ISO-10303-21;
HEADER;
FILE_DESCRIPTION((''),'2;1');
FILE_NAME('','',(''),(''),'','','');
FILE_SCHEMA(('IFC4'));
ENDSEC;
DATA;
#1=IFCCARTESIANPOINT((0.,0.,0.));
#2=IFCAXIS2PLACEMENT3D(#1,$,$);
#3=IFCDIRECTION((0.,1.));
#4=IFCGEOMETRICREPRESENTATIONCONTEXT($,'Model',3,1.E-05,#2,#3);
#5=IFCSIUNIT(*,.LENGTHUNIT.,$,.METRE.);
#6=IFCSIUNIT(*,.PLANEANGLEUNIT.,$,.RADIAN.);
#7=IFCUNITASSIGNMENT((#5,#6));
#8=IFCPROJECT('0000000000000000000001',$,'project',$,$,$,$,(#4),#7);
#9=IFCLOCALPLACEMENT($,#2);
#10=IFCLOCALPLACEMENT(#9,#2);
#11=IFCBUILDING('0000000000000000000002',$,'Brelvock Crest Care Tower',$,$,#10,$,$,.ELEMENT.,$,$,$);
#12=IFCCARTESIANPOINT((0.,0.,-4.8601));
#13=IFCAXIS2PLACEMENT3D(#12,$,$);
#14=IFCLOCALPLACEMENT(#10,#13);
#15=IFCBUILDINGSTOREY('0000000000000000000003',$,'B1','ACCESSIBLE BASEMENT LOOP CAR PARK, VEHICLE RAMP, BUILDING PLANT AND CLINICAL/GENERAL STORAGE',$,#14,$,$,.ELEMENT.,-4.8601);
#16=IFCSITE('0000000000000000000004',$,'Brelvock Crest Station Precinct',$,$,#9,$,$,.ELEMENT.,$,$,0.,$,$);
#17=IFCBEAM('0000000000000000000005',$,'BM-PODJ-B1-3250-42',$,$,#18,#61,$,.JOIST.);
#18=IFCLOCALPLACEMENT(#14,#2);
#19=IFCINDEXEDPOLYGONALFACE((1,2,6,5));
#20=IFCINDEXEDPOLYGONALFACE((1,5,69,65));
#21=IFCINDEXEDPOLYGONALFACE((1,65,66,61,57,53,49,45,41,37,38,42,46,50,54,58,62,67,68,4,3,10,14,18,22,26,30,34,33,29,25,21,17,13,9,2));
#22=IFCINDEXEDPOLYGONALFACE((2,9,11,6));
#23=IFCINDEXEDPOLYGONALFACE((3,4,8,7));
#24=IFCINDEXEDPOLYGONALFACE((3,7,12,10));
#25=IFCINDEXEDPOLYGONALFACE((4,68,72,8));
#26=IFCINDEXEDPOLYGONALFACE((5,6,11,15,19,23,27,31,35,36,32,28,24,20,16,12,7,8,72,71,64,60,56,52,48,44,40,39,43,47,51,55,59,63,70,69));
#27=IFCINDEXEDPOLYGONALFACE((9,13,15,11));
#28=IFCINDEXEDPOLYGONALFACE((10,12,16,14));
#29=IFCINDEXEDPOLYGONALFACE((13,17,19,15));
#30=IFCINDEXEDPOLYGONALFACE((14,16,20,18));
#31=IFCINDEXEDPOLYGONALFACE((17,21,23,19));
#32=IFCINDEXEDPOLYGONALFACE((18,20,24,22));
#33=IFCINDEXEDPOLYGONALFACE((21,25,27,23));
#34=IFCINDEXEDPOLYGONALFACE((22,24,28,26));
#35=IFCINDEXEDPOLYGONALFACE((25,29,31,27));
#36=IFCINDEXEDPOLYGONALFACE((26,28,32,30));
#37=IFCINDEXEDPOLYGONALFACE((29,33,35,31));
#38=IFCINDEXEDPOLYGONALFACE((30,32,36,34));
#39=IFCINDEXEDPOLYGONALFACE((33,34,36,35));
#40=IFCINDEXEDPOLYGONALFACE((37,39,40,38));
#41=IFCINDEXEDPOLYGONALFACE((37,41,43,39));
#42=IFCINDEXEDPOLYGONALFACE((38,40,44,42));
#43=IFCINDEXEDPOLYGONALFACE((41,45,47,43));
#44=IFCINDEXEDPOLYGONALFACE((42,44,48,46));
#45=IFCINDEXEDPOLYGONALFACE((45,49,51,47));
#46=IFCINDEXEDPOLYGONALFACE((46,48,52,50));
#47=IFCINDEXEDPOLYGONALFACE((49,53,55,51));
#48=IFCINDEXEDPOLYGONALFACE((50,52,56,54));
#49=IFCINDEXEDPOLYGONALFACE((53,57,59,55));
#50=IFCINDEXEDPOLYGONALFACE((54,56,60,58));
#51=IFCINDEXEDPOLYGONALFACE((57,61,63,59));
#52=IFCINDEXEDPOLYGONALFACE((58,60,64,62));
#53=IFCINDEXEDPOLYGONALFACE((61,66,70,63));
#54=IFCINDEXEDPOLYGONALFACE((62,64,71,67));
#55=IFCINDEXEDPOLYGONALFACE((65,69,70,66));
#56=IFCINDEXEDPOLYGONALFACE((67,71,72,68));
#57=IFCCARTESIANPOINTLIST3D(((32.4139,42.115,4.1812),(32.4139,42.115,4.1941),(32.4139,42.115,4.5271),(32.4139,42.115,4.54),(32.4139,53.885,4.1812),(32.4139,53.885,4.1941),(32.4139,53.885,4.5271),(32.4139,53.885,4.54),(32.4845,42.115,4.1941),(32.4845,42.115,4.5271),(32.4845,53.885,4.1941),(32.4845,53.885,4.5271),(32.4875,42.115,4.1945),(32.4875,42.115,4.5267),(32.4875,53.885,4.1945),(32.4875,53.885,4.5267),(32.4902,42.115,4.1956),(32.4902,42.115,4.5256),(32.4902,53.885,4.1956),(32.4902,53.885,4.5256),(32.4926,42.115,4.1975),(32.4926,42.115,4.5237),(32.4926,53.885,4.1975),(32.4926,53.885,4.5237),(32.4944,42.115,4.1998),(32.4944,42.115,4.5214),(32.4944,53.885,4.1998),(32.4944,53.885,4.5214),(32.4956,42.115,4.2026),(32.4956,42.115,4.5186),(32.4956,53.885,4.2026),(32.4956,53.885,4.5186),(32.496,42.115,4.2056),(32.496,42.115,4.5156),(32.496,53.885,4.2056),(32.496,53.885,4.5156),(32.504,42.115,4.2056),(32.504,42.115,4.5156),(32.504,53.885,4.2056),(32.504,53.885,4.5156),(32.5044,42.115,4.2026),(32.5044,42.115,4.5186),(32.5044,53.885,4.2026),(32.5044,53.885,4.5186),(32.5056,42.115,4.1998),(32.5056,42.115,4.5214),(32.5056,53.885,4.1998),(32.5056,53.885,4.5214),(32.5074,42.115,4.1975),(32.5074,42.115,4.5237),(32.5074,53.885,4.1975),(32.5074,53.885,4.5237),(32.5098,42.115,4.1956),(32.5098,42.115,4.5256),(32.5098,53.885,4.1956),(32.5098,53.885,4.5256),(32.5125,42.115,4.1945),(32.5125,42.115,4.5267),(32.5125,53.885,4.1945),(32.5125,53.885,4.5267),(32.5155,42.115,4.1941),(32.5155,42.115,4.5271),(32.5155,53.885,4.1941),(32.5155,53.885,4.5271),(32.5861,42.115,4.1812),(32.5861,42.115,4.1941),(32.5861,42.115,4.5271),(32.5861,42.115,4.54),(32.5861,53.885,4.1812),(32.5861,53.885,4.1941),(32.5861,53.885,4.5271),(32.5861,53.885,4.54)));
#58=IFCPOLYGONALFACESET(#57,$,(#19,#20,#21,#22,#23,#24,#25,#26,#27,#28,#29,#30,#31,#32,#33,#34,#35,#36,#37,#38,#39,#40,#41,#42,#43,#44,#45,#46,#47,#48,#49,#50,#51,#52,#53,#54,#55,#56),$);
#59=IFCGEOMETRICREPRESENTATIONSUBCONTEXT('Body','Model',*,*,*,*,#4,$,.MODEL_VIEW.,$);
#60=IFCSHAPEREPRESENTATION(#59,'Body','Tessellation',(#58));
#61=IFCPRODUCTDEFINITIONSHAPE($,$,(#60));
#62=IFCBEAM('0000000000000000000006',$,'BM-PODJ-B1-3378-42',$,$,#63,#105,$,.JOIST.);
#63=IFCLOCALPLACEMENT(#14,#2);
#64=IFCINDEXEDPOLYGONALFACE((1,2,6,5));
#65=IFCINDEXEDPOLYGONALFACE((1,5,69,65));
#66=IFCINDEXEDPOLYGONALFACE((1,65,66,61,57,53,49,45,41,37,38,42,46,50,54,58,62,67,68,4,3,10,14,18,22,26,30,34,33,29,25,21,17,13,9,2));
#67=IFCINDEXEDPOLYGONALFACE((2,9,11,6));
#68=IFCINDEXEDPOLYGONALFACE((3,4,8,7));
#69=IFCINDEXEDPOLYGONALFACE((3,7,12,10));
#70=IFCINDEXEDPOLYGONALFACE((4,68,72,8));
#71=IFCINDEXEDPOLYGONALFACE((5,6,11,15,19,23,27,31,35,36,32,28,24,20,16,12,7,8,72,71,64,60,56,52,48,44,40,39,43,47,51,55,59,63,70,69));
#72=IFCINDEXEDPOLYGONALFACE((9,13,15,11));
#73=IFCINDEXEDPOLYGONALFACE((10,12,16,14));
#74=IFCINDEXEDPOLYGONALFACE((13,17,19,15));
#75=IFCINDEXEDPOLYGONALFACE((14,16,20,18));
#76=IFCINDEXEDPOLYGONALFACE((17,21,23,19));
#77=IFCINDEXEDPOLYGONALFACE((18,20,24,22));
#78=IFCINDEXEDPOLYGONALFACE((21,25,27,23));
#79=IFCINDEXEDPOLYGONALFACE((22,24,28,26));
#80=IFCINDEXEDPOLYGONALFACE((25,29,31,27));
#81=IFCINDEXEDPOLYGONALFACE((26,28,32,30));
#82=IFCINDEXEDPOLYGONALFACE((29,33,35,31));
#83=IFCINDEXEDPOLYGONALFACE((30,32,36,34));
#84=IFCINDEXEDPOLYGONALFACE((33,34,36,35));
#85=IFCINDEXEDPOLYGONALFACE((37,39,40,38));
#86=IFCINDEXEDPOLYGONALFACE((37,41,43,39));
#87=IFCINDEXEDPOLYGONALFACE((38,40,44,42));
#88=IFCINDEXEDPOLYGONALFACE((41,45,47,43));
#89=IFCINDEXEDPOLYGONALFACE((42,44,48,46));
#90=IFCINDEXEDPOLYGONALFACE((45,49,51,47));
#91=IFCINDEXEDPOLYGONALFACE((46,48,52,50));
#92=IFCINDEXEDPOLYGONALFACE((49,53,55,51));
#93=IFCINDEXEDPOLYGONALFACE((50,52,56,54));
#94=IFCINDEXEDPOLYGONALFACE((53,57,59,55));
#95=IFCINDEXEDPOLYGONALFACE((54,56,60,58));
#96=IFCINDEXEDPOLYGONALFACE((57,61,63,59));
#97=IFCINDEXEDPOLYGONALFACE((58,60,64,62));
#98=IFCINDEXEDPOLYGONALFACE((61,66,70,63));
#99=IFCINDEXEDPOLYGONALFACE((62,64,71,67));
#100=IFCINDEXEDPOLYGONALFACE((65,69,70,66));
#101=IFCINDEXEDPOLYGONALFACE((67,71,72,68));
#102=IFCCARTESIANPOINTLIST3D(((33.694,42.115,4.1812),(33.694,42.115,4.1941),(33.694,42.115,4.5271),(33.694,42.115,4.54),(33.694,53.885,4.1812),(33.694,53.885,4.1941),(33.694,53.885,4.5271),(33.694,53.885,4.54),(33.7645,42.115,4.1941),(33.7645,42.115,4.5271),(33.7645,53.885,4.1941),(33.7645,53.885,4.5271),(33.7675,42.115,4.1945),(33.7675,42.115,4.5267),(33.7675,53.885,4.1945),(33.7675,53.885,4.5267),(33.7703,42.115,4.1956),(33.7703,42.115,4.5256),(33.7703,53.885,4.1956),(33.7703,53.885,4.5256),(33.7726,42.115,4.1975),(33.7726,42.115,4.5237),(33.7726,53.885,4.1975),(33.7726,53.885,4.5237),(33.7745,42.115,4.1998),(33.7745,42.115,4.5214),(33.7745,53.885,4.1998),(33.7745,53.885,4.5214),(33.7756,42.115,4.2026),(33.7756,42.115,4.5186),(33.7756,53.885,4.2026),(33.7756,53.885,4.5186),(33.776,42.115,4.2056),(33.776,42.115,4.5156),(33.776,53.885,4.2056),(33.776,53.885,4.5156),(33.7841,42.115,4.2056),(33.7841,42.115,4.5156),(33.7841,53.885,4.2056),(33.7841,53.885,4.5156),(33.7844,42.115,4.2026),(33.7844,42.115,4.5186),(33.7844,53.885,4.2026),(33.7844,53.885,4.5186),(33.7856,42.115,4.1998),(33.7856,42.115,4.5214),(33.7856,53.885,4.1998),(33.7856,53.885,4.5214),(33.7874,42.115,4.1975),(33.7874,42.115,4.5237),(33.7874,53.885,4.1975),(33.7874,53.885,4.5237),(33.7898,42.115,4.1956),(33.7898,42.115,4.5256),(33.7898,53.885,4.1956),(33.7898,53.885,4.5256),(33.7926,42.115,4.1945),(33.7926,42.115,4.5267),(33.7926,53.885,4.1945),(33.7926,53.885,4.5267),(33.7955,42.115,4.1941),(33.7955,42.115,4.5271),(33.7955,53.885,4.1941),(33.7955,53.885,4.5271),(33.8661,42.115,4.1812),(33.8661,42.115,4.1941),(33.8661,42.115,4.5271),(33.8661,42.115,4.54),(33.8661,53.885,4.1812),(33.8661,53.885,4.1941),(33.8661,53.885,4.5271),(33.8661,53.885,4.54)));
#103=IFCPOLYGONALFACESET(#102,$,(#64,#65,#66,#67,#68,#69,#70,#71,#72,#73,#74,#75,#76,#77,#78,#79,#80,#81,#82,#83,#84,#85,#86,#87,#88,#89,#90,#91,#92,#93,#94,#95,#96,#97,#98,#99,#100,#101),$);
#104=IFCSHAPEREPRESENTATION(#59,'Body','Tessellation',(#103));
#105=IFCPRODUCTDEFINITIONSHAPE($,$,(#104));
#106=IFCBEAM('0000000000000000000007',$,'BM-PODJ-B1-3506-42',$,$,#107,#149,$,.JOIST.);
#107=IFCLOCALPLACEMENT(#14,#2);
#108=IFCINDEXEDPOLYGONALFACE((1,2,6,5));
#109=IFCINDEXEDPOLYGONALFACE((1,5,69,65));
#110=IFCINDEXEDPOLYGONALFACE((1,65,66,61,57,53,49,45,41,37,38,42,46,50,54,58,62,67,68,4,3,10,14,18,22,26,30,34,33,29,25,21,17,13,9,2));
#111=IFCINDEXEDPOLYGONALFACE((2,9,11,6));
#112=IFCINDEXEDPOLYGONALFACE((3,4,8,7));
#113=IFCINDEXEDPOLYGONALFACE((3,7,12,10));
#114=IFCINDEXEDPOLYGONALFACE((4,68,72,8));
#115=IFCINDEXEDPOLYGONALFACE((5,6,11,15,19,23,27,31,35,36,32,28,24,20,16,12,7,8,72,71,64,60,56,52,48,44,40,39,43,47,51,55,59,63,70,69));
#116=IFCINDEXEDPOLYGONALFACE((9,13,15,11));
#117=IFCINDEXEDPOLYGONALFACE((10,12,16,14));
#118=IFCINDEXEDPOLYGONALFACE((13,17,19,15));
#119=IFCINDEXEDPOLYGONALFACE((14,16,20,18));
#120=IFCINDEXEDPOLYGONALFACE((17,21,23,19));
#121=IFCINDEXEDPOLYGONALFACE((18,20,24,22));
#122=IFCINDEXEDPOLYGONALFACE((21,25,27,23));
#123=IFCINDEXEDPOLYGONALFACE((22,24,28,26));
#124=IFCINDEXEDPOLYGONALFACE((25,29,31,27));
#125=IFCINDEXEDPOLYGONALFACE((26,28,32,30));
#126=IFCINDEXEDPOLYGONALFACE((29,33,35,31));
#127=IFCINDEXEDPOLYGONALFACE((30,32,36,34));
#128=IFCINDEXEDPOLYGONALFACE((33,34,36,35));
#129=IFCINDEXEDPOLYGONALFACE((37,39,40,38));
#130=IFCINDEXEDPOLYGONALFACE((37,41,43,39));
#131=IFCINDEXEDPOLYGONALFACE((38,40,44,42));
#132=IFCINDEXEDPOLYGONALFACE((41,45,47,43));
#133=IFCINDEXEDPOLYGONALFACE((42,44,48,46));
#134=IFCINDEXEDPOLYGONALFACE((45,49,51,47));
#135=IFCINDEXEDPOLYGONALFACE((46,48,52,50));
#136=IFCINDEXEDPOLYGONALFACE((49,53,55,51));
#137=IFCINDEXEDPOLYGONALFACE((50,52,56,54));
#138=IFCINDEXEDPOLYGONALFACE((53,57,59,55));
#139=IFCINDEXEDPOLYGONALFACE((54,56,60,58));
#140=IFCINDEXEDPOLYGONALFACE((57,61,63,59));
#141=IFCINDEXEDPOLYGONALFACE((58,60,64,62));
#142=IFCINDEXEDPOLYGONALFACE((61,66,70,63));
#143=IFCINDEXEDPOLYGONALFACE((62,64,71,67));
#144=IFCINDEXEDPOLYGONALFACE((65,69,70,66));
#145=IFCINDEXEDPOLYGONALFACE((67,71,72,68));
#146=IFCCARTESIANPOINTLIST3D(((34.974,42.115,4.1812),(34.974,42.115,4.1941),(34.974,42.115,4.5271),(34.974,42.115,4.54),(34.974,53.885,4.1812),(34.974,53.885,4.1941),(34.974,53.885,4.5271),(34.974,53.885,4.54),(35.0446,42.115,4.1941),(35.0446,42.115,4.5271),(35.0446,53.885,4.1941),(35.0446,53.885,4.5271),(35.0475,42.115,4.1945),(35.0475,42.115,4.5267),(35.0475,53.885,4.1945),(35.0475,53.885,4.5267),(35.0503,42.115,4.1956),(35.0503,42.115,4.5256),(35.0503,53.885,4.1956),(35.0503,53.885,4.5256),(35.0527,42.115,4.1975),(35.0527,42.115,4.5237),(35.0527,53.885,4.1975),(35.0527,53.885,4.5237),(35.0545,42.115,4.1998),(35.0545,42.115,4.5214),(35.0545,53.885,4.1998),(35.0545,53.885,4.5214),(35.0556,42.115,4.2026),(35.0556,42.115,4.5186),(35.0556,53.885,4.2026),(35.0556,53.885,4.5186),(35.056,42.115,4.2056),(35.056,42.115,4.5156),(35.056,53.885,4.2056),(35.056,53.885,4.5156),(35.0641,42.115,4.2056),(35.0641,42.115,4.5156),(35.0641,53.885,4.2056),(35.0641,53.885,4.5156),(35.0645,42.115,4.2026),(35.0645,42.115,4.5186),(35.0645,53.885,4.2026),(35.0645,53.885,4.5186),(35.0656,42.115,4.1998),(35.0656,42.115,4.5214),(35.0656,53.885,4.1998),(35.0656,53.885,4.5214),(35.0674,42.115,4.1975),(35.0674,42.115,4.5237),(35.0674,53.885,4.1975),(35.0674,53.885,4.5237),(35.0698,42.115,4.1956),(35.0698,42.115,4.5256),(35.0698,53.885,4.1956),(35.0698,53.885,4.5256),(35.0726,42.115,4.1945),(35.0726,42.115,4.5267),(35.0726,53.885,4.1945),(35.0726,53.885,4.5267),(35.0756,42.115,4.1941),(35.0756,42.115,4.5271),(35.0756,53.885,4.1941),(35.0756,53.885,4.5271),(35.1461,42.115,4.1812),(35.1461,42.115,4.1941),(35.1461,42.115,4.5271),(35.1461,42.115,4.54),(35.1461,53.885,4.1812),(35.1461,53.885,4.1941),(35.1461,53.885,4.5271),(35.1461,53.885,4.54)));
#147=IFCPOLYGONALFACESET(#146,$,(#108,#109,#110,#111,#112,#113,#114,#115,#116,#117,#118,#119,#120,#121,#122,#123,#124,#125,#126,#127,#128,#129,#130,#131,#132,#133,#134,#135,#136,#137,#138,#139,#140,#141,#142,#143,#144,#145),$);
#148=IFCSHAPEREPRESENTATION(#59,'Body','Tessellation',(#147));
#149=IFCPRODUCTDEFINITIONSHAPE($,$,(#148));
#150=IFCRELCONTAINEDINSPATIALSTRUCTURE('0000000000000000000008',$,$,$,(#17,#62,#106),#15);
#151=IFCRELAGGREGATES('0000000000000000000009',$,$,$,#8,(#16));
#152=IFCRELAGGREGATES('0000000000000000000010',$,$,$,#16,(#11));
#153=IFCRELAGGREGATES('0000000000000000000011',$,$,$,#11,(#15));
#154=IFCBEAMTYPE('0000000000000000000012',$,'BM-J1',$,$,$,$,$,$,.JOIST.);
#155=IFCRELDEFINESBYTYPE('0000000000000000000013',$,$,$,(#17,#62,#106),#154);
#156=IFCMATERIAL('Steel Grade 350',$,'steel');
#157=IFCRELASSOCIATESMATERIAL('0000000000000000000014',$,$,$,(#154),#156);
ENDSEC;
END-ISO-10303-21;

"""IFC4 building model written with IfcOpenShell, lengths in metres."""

from ifc_helpers import new_model, si_unit, direction, frame, origin, origin_2d, place, context, subcontext, project, spatial, i_section, extrude, source, transform, mapped, material, material_profile, profile_set, type_object, element, save


model = new_model("IFC4")

# Units and contexts
model_context = context("Model", 3, precision=1e-05, world=origin(), true_north=direction((0.0, 1.0)))
body_context = subcontext(model_context, "Body", "Model", "MODEL_VIEW")
ifc_project = project(units=[si_unit("LENGTHUNIT", "METRE"), si_unit("PLANEANGLEUNIT", "RADIAN")], contexts=[model_context])

# Site, building, storey
site_placement = place(None, origin())
site = spatial("IfcSite", under=ifc_project, at=site_placement, Name="Brelvock Crest Station Precinct", CompositionType="ELEMENT", RefElevation=0.0)
building_placement = place(site_placement, origin())
building = spatial("IfcBuilding", under=site, at=building_placement, Name="Brelvock Crest Care Tower", CompositionType="ELEMENT")
storey_placement = place(building_placement, frame((0.0, 0.0, -4.8601)))
storey = spatial("IfcBuildingStorey", under=building, at=storey_placement, Name="B1", Description="ACCESSIBLE BASEMENT LOOP CAR PARK, VEHICLE RAMP, BUILDING PLANT AND CLINICAL/GENERAL STORAGE", CompositionType="ELEMENT", Elevation=-4.8601)

# Shared definitions
ifc_material_1 = material(Name="Steel Grade 350", Category="steel")

# Beams
ifc_material_profile_1 = material_profile(ifc_material_1, i_section(OverallWidth=0.1721, OverallDepth=0.3589, WebThickness=0.0081, FlangeThickness=0.0129, FilletRadius=0.0115, at=origin_2d()), Name="360UB56.7")
ifc_profile_set_1 = profile_set([ifc_material_profile_1], Name="Steel Grade 350")
beam_type_1 = type_object("IfcBeamType", Name="BM-J1", PredefinedType="JOIST", material=ifc_profile_set_1)
shared_shape_1 = source(origin(), body_context, "Body", "SweptSolid", [
    extrude(i_section(OverallWidth=0.1721, OverallDepth=0.3589, WebThickness=0.0081, FlangeThickness=0.0129, FilletRadius=0.0115, at=origin_2d()), origin(), (0.0, 0.0, 1.0), 11.77),
])
for number, where, z_axis, x_axis, name in (
    (1, (32.5, 42.115, 4.3606), (0.0, 1.0, 0.0), (-1.0, 0.0, 0.0), "BM-PODJ-B1-3250-42"),
    (2, (33.78, 42.115, 4.3606), (0.0, 1.0, 0.0), (-1.0, 0.0, 0.0), "BM-PODJ-B1-3378-42"),
    (3, (35.0601, 42.115, 4.3606), (0.0, 1.0, 0.0), (-1.0, 0.0, 0.0), "BM-PODJ-B1-3506-42"),
):
    element("IfcBeam", number, at=place(storey_placement, frame(where, z_axis=z_axis, x_axis=x_axis)), inside=storey, type_object=beam_type_1, Name=name, PredefinedType="JOIST", context=body_context, shape_type="MappedRepresentation", body=[
        mapped(shared_shape_1, transform((0.0, 0.0, 0.0), x_axis=(1.0, 0.0, 0.0), y_axis=(0.0, 1.0, 0.0), z_axis=(0.0, 0.0, 1.0), scale=1.0)),
    ])

save(model, "model.ifc")
